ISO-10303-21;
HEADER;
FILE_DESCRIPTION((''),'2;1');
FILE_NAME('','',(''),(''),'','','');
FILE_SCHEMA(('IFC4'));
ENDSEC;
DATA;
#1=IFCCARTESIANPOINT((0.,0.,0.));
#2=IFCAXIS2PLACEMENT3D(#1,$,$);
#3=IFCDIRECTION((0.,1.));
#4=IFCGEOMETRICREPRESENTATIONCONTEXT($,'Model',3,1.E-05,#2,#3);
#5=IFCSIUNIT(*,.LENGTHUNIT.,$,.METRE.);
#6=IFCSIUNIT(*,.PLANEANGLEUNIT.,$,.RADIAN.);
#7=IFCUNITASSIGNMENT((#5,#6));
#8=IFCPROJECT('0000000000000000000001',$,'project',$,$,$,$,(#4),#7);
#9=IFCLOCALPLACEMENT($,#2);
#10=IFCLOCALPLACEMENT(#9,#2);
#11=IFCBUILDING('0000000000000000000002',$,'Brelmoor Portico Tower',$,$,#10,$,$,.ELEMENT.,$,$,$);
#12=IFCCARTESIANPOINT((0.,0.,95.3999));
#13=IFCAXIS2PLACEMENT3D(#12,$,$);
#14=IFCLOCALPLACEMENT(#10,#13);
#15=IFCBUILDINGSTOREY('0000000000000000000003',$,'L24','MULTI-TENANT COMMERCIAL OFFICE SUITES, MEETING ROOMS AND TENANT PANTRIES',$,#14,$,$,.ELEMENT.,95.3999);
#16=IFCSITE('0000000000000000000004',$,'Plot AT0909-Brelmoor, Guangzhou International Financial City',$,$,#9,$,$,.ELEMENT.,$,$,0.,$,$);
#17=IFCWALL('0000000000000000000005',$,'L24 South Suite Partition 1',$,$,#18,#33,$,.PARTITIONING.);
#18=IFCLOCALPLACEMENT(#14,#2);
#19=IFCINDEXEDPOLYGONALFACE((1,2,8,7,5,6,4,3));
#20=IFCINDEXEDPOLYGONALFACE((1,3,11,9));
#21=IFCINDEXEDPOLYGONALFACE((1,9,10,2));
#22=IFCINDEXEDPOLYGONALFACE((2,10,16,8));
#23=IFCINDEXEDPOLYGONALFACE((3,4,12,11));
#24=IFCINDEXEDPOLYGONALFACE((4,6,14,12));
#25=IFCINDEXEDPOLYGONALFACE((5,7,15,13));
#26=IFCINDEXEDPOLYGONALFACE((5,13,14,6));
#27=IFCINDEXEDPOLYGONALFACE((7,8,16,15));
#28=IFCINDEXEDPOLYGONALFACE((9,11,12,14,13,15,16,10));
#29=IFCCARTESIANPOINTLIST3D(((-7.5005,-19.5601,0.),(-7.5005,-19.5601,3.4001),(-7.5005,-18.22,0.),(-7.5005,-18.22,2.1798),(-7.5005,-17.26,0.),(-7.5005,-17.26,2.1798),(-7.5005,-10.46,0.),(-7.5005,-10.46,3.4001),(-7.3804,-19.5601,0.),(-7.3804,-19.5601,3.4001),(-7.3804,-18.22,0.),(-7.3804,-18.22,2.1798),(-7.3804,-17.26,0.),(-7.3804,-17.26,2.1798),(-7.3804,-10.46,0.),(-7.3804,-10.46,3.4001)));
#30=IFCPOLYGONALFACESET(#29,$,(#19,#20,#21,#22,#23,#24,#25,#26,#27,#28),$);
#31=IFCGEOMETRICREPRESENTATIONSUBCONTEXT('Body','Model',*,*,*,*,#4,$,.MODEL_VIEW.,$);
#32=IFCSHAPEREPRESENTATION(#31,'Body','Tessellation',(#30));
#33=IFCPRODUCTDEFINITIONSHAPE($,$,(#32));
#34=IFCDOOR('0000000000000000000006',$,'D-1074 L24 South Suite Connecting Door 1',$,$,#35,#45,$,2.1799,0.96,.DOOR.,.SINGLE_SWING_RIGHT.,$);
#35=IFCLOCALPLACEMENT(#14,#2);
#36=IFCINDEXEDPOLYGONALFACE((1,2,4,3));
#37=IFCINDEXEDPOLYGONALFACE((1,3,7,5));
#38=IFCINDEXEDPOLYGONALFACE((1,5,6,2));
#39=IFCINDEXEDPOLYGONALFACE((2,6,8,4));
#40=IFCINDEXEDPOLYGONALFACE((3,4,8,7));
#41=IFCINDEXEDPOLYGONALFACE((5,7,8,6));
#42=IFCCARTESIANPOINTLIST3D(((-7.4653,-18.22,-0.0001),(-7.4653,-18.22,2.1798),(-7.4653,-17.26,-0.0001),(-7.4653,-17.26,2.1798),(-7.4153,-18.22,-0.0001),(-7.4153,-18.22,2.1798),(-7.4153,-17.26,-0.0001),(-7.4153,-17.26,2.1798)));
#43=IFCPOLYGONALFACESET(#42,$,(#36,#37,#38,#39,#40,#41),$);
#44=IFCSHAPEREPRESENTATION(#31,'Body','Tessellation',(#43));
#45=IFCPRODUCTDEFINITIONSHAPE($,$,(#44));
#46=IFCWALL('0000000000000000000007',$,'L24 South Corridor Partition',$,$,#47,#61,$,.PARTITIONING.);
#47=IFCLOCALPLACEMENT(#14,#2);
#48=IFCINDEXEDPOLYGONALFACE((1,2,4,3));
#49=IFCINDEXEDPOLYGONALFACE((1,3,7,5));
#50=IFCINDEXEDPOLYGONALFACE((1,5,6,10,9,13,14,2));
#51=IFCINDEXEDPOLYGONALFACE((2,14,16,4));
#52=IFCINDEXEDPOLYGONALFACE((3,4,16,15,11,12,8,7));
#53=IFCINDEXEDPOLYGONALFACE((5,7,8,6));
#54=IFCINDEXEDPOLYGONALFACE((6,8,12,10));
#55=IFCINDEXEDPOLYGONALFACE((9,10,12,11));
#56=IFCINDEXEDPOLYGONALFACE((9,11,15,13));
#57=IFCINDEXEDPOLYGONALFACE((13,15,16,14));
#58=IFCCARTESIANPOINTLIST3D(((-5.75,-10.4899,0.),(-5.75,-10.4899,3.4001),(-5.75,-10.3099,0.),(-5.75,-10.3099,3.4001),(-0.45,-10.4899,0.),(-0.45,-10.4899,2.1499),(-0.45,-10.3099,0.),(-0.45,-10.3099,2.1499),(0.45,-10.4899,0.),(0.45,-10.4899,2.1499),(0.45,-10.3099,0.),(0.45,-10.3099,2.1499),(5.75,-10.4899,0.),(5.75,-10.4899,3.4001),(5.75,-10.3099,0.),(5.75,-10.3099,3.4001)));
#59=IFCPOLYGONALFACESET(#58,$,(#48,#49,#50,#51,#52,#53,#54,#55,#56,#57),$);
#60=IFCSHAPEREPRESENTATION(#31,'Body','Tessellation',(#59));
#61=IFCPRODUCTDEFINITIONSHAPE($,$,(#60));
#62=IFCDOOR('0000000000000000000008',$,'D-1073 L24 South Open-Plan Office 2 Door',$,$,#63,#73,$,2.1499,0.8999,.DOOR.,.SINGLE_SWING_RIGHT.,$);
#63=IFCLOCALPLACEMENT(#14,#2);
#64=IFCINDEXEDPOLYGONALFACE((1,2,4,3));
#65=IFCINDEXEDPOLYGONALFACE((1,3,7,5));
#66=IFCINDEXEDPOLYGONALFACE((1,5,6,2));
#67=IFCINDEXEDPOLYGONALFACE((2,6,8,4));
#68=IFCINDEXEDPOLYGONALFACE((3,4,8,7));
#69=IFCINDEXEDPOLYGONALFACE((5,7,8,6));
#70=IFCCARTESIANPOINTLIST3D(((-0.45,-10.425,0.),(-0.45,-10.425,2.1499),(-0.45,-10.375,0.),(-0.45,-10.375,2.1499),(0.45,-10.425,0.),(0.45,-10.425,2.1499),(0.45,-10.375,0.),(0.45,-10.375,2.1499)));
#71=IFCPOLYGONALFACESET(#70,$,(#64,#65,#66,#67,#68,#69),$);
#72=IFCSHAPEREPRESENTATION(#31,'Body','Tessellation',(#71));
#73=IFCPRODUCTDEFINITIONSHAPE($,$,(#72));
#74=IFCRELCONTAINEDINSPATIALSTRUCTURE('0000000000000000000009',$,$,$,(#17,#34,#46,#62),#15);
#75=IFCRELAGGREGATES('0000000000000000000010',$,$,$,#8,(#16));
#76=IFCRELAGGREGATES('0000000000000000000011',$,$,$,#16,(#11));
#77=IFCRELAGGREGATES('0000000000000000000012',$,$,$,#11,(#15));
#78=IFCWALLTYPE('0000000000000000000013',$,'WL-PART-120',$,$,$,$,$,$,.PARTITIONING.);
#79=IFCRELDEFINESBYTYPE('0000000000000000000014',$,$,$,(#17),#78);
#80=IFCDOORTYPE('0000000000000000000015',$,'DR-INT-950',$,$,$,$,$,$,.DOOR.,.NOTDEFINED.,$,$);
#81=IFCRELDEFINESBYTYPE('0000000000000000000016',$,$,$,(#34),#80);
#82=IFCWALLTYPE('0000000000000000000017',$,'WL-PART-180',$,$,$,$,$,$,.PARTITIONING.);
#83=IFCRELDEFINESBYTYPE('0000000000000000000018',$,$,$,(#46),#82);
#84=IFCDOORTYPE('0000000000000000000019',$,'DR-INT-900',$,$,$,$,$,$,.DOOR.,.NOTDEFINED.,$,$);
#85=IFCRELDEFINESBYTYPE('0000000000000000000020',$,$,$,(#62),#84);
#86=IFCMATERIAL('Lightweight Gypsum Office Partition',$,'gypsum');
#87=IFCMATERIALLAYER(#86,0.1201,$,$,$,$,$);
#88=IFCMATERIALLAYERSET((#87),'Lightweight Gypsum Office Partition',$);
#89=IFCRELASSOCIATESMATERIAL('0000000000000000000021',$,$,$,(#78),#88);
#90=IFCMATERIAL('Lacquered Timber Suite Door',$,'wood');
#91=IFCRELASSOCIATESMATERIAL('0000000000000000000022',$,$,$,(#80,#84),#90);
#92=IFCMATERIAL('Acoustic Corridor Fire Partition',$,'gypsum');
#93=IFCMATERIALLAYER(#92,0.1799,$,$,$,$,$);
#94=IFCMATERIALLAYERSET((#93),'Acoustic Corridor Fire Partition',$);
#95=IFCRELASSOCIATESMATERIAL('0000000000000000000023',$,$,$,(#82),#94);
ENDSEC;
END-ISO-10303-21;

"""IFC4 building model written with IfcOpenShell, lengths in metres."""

from ifc_helpers import new_model, si_unit, direction, frame, frame_2d, origin, place, context, subcontext, project, spatial, rectangle, extrude, material, layer, layer_set, type_object, element, fill, save


model = new_model("IFC4")

# Units and contexts
model_context = context("Model", 3, precision=1e-05, world=origin(), true_north=direction((0.0, 1.0)))
body_context = subcontext(model_context, "Body", "Model", "MODEL_VIEW")
ifc_project = project(units=[si_unit("LENGTHUNIT", "METRE"), si_unit("PLANEANGLEUNIT", "RADIAN")], contexts=[model_context])

# Site, building, storey
site_placement = place(None, origin())
site = spatial("IfcSite", under=ifc_project, at=site_placement, Name="Plot AT0909-Brelmoor, Guangzhou International Financial City", CompositionType="ELEMENT", RefElevation=0.0)
building_placement = place(site_placement, origin())
building = spatial("IfcBuilding", under=site, at=building_placement, Name="Brelmoor Portico Tower", CompositionType="ELEMENT")
storey_placement = place(building_placement, frame((0.0, 0.0, 95.3999)))
storey = spatial("IfcBuildingStorey", under=building, at=storey_placement, Name="L24", Description="MULTI-TENANT COMMERCIAL OFFICE SUITES, MEETING ROOMS AND TENANT PANTRIES", CompositionType="ELEMENT", Elevation=95.3999)

# Walls, openings, doors
ifc_material_1 = material(Name="Lightweight Gypsum Office Partition", Category="gypsum")
ifc_layer_1 = layer(ifc_material_1, 0.1201)
ifc_layer_set_1 = layer_set([ifc_layer_1], Name="Lightweight Gypsum Office Partition")
wall_type_1 = type_object("IfcWallType", Name="WL-PART-120", PredefinedType="PARTITIONING", material=ifc_layer_set_1)
wall_1_placement = place(storey_placement, frame((-7.4404, -19.5601, 0.0), z_axis=(0.0, 0.0, 1.0), x_axis=(0.0, 1.0, 0.0)))
wall_1 = element("IfcWall", 1, at=wall_1_placement, inside=storey, type_object=wall_type_1, Name="L24 South Suite Partition 1", PredefinedType="PARTITIONING", context=body_context, shape_type="SweptSolid", body=[
    extrude(rectangle(XDim=9.1001, YDim=0.1201, at=frame_2d((4.55, 0.0))), origin(), (0.0, 0.0, 1.0), 3.4001),
])
opening_1_placement = place(wall_1_placement, frame((1.3401, 0.0, 0.0)))
opening_1 = element("IfcOpeningElement", 2, at=opening_1_placement, cuts=wall_1, PredefinedType="OPENING", context=body_context, shape_type="SweptSolid", body=[
    extrude(rectangle(XDim=0.96, YDim=2.1799, at=frame_2d((0.48, 1.0898))), frame((0.0, 0.0701, 0.0), z_axis=(0.0, -1.0, 0.0), x_axis=(1.0, 0.0, 0.0)), (0.0, 0.0, 1.0), 0.1401),
])
ifc_material_2 = material(Name="Lacquered Timber Suite Door", Category="wood")
door_type_1 = type_object("IfcDoorType", Name="DR-INT-950", OperationType="NOTDEFINED", PredefinedType="DOOR", material=ifc_material_2)
door_1_placement = place(opening_1_placement, origin())
door_1 = element("IfcDoor", 3, at=door_1_placement, inside=storey, type_object=door_type_1, Name="D-1074 L24 South Suite Connecting Door 1", OperationType="SINGLE_SWING_RIGHT", OverallHeight=2.1799, OverallWidth=0.96, PredefinedType="DOOR", context=body_context, shape_type="SweptSolid", body=[
    extrude(rectangle(XDim=0.96, YDim=2.1799, at=frame_2d((0.48, 1.0898))), frame((0.0, 0.0249, 0.0), z_axis=(0.0, -1.0, 0.0), x_axis=(1.0, 0.0, 0.0)), (0.0, 0.0, 1.0), 0.05),
])
fill(opening_1, door_1)
ifc_material_3 = material(Name="Acoustic Corridor Fire Partition", Category="gypsum")
ifc_layer_2 = layer(ifc_material_3, 0.1799)
ifc_layer_set_2 = layer_set([ifc_layer_2], Name="Acoustic Corridor Fire Partition")
wall_type_2 = type_object("IfcWallType", Name="WL-PART-180", PredefinedType="PARTITIONING", material=ifc_layer_set_2)
wall_2_placement = place(storey_placement, frame((-5.75, -10.3999, 0.0), z_axis=(0.0, 0.0, 1.0), x_axis=(1.0, 0.0, 0.0)))
wall_2 = element("IfcWall", 4, at=wall_2_placement, inside=storey, type_object=wall_type_2, Name="L24 South Corridor Partition", PredefinedType="PARTITIONING", context=body_context, shape_type="SweptSolid", body=[
    extrude(rectangle(XDim=11.5, YDim=0.1799, at=frame_2d((5.75, 0.0))), origin(), (0.0, 0.0, 1.0), 3.4001),
])
opening_2_placement = place(wall_2_placement, frame((5.3, 0.0, 0.0)))
opening_2 = element("IfcOpeningElement", 5, at=opening_2_placement, cuts=wall_2, PredefinedType="OPENING", context=body_context, shape_type="SweptSolid", body=[
    extrude(rectangle(XDim=0.8999, YDim=2.1499, at=frame_2d((0.45, 1.075))), frame((0.0, 0.0999, 0.0), z_axis=(0.0, -1.0, 0.0), x_axis=(1.0, 0.0, 0.0)), (0.0, 0.0, 1.0), 0.2),
])
door_type_2 = type_object("IfcDoorType", Name="DR-INT-900", OperationType="NOTDEFINED", PredefinedType="DOOR", material=ifc_material_2)
door_2_placement = place(opening_2_placement, origin())
door_2 = element("IfcDoor", 6, at=door_2_placement, inside=storey, type_object=door_type_2, Name="D-1073 L24 South Open-Plan Office 2 Door", OperationType="SINGLE_SWING_RIGHT", OverallHeight=2.1499, OverallWidth=0.8999, PredefinedType="DOOR", context=body_context, shape_type="SweptSolid", body=[
    extrude(rectangle(XDim=0.8999, YDim=2.1499, at=frame_2d((0.45, 1.075))), frame((0.0, 0.0249, 0.0), z_axis=(0.0, -1.0, 0.0), x_axis=(1.0, 0.0, 0.0)), (0.0, 0.0, 1.0), 0.05),
])
fill(opening_2, door_2)

save(model, "model.ifc")
